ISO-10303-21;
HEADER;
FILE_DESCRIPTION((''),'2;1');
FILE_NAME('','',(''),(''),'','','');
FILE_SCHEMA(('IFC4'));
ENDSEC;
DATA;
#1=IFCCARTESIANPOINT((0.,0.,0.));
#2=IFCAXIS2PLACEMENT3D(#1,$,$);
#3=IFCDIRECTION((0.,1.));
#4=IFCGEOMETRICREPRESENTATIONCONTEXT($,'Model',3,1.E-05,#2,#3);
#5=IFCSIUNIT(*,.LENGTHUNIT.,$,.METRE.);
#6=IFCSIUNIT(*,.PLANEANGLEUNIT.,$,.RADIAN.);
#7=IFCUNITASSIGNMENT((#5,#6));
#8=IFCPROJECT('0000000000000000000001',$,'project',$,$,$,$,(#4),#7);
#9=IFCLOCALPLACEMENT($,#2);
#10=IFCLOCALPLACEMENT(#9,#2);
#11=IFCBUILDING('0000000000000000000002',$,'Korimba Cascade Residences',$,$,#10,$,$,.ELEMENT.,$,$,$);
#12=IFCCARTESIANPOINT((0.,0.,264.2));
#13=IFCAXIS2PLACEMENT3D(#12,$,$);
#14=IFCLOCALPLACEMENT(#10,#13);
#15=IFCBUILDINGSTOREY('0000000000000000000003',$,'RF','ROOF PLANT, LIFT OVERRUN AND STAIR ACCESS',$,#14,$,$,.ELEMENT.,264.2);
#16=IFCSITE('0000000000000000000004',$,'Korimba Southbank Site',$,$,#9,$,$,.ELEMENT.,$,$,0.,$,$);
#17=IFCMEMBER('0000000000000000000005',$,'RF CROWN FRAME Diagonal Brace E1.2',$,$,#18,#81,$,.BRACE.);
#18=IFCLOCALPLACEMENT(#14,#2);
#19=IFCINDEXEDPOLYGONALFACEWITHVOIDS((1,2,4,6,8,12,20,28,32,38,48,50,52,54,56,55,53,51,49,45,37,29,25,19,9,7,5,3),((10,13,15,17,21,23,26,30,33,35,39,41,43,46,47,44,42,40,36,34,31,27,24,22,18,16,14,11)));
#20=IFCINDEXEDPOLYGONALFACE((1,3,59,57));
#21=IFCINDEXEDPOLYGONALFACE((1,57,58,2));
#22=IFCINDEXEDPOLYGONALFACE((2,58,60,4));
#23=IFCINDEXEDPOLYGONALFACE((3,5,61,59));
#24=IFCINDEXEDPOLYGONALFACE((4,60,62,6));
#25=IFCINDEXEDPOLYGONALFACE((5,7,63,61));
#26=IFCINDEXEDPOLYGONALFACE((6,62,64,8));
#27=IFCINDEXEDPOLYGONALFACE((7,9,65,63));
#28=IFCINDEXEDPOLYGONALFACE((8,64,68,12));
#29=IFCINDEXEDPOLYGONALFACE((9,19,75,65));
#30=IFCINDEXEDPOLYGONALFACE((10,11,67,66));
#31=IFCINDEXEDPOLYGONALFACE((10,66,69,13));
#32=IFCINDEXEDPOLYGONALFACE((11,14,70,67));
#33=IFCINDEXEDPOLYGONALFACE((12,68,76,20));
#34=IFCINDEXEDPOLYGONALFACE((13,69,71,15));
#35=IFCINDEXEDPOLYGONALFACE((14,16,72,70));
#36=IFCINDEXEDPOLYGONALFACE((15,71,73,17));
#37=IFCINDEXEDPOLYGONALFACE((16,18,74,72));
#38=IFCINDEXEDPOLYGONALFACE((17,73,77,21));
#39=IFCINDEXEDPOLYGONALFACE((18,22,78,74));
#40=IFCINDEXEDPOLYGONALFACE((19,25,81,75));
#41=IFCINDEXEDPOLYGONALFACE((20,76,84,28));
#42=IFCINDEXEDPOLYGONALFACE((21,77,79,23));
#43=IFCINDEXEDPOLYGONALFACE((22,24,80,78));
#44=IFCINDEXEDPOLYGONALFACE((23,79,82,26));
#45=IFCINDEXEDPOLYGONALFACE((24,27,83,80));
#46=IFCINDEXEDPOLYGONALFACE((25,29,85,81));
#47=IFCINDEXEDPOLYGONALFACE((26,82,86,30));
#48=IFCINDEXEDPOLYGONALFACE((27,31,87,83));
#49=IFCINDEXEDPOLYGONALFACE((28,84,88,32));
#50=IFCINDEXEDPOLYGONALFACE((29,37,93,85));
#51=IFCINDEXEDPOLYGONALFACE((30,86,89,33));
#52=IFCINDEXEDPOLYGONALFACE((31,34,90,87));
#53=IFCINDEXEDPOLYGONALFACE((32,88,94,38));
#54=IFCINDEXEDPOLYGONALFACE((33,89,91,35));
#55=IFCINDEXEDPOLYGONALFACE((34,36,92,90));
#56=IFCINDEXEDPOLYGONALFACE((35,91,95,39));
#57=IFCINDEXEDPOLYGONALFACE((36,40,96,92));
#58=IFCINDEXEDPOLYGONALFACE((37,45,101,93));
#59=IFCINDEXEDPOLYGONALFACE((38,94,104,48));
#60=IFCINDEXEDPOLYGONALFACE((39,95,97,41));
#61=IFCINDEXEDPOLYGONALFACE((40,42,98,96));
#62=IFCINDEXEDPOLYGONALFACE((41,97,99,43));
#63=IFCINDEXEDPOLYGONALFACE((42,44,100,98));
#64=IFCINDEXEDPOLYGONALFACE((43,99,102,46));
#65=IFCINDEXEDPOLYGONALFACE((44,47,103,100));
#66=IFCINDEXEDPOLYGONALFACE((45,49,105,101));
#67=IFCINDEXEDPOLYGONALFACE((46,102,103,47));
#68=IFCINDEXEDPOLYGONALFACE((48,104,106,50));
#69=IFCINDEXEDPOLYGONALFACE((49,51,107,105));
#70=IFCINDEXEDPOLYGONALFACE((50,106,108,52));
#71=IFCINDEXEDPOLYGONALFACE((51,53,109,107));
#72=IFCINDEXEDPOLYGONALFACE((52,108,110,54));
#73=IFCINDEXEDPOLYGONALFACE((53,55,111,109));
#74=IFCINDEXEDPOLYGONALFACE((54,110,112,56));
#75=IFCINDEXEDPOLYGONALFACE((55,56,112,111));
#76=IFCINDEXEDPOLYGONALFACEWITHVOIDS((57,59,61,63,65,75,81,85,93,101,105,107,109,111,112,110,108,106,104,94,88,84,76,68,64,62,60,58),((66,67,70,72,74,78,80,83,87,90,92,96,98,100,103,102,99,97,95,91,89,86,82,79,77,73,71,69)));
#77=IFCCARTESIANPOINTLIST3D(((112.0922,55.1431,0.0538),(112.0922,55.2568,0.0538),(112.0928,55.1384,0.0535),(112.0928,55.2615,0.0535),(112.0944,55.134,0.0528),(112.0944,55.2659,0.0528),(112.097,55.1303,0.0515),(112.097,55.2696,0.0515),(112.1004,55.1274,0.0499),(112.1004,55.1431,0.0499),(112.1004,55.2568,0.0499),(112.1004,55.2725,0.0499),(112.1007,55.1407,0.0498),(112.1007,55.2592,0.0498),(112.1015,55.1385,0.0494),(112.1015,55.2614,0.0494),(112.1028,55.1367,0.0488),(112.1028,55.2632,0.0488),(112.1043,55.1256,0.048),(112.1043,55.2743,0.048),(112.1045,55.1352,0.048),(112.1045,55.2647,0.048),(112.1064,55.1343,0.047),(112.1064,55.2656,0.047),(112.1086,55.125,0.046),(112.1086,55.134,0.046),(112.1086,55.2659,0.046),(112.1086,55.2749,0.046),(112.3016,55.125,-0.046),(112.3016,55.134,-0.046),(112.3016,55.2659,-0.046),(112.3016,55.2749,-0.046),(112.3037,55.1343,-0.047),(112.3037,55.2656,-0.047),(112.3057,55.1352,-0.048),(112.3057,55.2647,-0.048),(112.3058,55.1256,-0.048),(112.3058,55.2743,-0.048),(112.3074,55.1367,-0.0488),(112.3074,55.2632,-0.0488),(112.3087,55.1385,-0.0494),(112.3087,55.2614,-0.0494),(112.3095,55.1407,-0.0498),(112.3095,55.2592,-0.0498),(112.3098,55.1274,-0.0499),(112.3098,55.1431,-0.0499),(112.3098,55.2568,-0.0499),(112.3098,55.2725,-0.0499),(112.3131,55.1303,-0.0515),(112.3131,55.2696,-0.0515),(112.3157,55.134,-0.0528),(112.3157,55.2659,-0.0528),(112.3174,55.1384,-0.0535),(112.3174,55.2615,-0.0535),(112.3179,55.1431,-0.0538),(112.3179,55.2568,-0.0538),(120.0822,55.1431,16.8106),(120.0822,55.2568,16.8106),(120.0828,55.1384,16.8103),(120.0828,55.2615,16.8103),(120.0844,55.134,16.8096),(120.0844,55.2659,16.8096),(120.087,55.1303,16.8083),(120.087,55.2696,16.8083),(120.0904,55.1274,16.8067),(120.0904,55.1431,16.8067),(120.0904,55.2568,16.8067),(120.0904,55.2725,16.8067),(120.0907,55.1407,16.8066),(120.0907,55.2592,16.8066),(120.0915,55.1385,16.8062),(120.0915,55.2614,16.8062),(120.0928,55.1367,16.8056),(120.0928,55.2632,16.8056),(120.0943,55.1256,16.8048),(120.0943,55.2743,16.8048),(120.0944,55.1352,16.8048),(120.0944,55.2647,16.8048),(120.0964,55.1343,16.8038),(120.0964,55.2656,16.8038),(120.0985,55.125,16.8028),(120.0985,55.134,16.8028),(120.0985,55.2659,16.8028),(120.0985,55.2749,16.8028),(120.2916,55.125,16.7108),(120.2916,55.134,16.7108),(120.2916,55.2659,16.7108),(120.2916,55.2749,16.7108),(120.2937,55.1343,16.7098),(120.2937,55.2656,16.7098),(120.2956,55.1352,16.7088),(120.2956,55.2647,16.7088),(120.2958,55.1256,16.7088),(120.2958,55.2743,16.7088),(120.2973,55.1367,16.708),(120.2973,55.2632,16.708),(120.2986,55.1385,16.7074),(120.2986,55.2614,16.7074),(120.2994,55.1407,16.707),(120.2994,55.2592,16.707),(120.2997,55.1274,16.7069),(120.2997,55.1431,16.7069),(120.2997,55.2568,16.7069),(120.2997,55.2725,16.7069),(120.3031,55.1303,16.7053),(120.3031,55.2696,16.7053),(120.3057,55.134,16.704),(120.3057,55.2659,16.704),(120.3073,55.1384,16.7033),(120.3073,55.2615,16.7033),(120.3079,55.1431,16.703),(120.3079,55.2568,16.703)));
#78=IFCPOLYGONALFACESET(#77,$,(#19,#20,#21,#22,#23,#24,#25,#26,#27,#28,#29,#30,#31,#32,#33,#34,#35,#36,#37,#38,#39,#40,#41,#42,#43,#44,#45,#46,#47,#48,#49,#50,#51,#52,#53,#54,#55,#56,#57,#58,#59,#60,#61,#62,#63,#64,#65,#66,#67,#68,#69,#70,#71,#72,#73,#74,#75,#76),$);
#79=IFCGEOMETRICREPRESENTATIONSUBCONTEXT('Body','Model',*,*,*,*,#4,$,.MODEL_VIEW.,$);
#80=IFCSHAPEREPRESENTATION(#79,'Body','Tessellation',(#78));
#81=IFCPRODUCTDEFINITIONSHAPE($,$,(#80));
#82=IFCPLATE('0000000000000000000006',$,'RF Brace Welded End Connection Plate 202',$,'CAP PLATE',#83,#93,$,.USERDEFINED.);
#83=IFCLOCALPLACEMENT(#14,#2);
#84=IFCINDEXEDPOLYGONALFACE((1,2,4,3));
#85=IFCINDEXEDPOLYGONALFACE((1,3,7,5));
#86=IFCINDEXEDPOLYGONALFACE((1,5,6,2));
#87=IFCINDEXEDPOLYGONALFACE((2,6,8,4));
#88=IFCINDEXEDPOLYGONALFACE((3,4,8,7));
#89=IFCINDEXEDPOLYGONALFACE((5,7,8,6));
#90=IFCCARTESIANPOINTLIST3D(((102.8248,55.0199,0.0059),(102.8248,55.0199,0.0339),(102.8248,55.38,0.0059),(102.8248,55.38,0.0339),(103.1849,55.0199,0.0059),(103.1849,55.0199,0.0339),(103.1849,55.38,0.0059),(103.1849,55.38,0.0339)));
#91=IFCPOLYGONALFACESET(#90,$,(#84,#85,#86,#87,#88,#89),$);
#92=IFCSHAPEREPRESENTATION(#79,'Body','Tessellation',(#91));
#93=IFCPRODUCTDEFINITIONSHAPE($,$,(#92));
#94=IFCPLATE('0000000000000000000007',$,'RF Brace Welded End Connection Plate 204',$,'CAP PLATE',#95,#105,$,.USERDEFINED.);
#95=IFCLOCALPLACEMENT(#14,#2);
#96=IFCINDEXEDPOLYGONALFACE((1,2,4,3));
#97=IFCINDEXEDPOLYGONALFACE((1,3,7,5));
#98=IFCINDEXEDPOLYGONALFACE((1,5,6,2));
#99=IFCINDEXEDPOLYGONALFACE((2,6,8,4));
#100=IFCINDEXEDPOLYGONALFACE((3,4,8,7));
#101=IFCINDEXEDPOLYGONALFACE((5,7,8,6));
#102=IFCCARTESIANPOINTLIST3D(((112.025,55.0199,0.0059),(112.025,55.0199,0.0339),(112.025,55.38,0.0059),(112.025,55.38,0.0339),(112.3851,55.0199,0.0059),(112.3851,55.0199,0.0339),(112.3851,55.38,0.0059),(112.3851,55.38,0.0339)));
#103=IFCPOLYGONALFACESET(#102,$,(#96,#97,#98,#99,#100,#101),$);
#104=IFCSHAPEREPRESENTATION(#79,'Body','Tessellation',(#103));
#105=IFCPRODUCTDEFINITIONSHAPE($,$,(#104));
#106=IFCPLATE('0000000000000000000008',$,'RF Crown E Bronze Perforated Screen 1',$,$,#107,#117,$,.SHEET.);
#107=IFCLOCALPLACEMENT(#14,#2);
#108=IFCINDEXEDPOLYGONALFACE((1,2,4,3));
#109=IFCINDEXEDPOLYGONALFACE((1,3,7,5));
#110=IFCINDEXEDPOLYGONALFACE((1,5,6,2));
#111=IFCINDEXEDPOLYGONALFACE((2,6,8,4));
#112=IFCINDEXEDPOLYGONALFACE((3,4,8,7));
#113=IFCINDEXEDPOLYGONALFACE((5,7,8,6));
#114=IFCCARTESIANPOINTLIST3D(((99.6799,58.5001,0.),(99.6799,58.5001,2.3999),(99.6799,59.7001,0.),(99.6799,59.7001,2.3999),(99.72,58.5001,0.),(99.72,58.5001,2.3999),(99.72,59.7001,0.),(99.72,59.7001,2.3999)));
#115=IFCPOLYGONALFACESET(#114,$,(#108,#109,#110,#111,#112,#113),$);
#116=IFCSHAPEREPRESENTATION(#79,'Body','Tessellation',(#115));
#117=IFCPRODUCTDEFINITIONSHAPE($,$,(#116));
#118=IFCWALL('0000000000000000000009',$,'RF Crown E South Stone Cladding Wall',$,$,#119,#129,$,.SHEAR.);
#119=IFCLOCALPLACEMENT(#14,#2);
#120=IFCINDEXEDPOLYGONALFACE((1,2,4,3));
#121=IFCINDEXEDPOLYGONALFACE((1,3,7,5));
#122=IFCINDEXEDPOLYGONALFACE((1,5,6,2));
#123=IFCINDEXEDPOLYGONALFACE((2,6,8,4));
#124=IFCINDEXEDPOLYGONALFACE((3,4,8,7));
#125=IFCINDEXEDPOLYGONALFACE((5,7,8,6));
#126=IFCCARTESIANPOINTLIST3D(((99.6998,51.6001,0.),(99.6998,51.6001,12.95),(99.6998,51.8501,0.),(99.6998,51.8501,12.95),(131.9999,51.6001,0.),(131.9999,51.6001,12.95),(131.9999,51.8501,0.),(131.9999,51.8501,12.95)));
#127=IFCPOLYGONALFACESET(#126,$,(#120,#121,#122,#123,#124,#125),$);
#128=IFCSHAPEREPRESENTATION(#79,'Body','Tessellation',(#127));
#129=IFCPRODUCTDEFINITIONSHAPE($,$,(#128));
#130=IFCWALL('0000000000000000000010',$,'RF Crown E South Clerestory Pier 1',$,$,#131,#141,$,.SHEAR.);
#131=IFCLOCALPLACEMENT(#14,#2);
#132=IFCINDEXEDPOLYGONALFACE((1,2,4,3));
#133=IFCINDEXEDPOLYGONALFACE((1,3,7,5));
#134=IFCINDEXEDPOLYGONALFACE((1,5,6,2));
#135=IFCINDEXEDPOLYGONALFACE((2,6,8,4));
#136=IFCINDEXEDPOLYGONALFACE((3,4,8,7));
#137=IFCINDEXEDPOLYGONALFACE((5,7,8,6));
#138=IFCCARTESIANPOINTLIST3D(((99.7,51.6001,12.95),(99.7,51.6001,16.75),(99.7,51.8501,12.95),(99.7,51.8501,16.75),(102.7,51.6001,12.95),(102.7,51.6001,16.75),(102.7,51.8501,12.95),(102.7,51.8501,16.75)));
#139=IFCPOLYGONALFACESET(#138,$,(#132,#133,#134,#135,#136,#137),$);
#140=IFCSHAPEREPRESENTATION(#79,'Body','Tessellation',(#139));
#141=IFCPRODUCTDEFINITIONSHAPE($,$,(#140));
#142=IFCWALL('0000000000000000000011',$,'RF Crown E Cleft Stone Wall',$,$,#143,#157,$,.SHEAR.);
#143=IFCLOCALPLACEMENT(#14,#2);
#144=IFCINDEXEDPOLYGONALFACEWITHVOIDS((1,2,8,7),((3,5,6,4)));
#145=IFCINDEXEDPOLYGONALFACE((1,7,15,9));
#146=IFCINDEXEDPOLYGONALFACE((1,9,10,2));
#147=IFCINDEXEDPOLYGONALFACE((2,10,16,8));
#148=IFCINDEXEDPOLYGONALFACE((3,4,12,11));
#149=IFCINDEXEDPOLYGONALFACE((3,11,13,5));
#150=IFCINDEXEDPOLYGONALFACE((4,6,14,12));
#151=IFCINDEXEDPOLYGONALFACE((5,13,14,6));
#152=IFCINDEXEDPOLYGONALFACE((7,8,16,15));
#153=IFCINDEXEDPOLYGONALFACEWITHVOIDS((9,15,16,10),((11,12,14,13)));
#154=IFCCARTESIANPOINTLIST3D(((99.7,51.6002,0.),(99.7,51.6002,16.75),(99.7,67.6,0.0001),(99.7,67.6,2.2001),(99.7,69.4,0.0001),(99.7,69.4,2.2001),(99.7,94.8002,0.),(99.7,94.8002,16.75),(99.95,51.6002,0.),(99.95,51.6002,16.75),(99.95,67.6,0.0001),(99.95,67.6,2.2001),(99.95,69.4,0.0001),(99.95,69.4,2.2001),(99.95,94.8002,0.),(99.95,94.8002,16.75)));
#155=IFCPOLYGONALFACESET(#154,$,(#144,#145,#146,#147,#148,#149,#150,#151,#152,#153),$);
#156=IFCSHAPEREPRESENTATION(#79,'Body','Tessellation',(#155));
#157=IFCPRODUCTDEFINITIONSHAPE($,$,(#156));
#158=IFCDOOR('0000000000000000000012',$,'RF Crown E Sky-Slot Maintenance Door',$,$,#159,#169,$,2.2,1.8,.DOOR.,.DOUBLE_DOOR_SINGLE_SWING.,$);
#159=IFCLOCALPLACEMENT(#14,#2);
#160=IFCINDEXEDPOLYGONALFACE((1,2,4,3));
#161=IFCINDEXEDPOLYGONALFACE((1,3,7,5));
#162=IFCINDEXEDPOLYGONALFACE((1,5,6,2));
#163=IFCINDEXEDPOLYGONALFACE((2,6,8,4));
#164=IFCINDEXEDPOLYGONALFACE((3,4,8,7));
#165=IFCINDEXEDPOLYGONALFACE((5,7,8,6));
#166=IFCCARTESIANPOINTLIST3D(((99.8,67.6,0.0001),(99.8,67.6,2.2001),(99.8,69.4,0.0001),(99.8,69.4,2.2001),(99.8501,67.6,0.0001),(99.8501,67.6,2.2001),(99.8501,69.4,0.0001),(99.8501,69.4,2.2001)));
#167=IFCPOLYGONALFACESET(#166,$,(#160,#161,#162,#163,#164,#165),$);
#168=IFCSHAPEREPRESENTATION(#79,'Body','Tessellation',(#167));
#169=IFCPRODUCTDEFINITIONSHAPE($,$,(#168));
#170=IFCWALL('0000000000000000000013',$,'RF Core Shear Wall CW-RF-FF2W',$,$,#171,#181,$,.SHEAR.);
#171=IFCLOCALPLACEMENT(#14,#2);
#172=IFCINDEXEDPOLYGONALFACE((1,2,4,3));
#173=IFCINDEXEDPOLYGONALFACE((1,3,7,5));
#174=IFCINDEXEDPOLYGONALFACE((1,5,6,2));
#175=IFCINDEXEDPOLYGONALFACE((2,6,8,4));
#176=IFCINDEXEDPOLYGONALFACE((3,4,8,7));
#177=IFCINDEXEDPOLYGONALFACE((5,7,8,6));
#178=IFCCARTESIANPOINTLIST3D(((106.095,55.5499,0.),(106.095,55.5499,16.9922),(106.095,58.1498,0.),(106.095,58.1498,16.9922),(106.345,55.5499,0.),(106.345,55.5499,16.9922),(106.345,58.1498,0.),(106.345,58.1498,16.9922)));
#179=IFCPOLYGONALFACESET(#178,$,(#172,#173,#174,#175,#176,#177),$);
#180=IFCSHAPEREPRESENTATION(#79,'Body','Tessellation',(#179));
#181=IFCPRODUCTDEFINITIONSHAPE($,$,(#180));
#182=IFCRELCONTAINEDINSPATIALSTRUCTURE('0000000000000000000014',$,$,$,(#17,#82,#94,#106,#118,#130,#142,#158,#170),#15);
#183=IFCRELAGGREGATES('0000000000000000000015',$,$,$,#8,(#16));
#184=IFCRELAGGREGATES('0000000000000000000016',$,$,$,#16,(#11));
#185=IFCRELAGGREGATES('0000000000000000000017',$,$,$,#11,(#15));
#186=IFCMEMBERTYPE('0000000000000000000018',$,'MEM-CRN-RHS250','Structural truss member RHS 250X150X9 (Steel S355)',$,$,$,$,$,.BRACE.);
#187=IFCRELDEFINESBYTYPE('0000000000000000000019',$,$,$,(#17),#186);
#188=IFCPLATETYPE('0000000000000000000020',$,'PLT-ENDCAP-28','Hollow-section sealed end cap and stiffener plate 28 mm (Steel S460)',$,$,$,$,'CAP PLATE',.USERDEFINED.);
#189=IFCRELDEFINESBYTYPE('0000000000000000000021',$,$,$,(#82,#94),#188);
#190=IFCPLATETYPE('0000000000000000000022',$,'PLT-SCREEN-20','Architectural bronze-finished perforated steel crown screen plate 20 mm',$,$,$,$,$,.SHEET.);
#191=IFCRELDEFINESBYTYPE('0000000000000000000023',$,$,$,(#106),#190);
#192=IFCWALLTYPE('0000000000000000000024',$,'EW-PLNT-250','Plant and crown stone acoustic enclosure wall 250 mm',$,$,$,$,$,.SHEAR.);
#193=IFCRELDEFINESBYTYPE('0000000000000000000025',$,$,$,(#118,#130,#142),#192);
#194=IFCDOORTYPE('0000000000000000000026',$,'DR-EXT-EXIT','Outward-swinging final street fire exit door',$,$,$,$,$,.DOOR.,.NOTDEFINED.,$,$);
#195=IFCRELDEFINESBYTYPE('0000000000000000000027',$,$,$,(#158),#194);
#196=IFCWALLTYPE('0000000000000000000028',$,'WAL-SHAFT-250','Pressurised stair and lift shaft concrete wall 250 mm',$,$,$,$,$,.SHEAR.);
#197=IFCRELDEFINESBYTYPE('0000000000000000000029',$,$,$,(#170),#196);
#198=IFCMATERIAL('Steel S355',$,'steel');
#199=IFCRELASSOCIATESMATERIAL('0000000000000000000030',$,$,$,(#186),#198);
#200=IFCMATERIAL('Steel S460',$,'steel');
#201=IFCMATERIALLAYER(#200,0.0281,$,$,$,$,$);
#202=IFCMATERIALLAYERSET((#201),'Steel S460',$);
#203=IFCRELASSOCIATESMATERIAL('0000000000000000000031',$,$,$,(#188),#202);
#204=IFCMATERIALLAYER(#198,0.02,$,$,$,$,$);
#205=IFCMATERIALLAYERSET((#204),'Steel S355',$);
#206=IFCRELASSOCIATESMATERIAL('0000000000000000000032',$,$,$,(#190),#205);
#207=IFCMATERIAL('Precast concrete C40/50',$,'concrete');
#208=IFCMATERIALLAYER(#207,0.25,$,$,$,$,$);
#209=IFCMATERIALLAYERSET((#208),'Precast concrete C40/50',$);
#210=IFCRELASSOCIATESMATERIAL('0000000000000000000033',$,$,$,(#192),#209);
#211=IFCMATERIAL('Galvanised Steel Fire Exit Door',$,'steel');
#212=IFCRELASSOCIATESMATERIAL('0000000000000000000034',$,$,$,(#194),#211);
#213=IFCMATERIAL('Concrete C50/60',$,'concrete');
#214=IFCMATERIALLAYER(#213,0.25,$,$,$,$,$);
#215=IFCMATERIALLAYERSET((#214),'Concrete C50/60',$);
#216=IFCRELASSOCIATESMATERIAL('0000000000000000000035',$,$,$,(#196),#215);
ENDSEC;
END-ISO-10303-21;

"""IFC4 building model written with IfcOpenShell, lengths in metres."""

from ifc_helpers import new_model, si_unit, direction, frame, frame_2d, origin, origin_2d, place, context, subcontext, project, spatial, rectangle, hollow_rectangle, extrude, material, layer, layer_set, material_profile, profile_set, type_object, element, fill, save


model = new_model("IFC4")

# Units and contexts
model_context = context("Model", 3, precision=1e-05, world=origin(), true_north=direction((0.0, 1.0)))
body_context = subcontext(model_context, "Body", "Model", "MODEL_VIEW")
ifc_project = project(units=[si_unit("LENGTHUNIT", "METRE"), si_unit("PLANEANGLEUNIT", "RADIAN")], contexts=[model_context])

# Site, building, storey
site_placement = place(None, origin())
site = spatial("IfcSite", under=ifc_project, at=site_placement, Name="Korimba Southbank Site", CompositionType="ELEMENT", RefElevation=0.0)
building_placement = place(site_placement, origin())
building = spatial("IfcBuilding", under=site, at=building_placement, Name="Korimba Cascade Residences", CompositionType="ELEMENT")
storey_placement = place(building_placement, frame((0.0, 0.0, 264.2)))
storey = spatial("IfcBuildingStorey", under=building, at=storey_placement, Name="RF", Description="ROOF PLANT, LIFT OVERRUN AND STAIR ACCESS", CompositionType="ELEMENT", Elevation=264.2)

# Shared definitions
ifc_material_1 = material(Name="Steel S355", Category="steel")

# Member
ifc_material_profile_1 = material_profile(ifc_material_1, hollow_rectangle(XDim=0.1499, YDim=0.25, WallThickness=0.009, InnerFilletRadius=0.009, OuterFilletRadius=0.0181, at=origin_2d()), Name="Steel S355")
ifc_profile_set_1 = profile_set([ifc_material_profile_1], Name="Steel S355")
member_type_1 = type_object("IfcMemberType", Name="MEM-CRN-RHS250", Description="Structural truss member RHS 250X150X9 (Steel S355)", PredefinedType="BRACE", material=ifc_profile_set_1)
member_1_placement = place(storey_placement, frame((112.2051, 55.2, 0.0), z_axis=(0.430397, 0.0, 0.90264), x_axis=(0.0, 1.0, 0.0)))
element("IfcMember", 1, at=member_1_placement, inside=storey, type_object=member_type_1, Name="RF CROWN FRAME Diagonal Brace E1.2", PredefinedType="BRACE", context=body_context, shape_type="SweptSolid", body=[
    extrude(hollow_rectangle(XDim=0.1499, YDim=0.25, WallThickness=0.009, InnerFilletRadius=0.009, OuterFilletRadius=0.0181, at=origin_2d()), origin(), (0.0, 0.0, 1.0), 18.5642),
])

# Plates
ifc_material_2 = material(Name="Steel S460", Category="steel")
ifc_layer_1 = layer(ifc_material_2, 0.0281)
ifc_layer_set_1 = layer_set([ifc_layer_1], Name="Steel S460")
plate_type_1 = type_object("IfcPlateType", Name="PLT-ENDCAP-28", Description="Hollow-section sealed end cap and stiffener plate 28 mm (Steel S460)", ElementType="CAP PLATE", PredefinedType="USERDEFINED", material=ifc_layer_set_1)
for number, where, z_axis, x_axis, name in (
    (2, (103.0049, 55.2, 0.0059), (0.0, 0.0, 1.0), (1.0, 0.0, 0.0), "RF Brace Welded End Connection Plate 202"),
    (3, (112.2051, 55.2, 0.0059), (0.0, 0.0, 1.0), (1.0, 0.0, 0.0), "RF Brace Welded End Connection Plate 204"),
):
    element("IfcPlate", number, at=place(storey_placement, frame(where, z_axis=z_axis, x_axis=x_axis)), inside=storey, type_object=plate_type_1, Name=name, ObjectType="CAP PLATE", PredefinedType="USERDEFINED", context=body_context, shape_type="SweptSolid", body=[
        extrude(rectangle(XDim=0.3601, YDim=0.3601, at=origin_2d()), origin(), (0.0, 0.0, 1.0), 0.0281),
    ])
ifc_layer_2 = layer(ifc_material_1, 0.02)
ifc_layer_set_2 = layer_set([ifc_layer_2], Name="Steel S355")
plate_type_2 = type_object("IfcPlateType", Name="PLT-SCREEN-20", Description="Architectural bronze-finished perforated steel crown screen plate 20 mm", PredefinedType="SHEET", material=ifc_layer_set_2)
plate_placement = place(storey_placement, frame((99.7, 59.1001, 0.0), z_axis=(0.0, 0.0, 1.0), x_axis=(1.0, 0.0, 0.0)))
element("IfcPlate", 4, at=plate_placement, inside=storey, type_object=plate_type_2, Name="RF Crown E Bronze Perforated Screen 1", PredefinedType="SHEET", context=body_context, shape_type="SweptSolid", body=[
    extrude(rectangle(XDim=0.04, YDim=1.2, at=origin_2d()), origin(), (0.0, 0.0, 1.0), 2.3999),
])

# Walls
ifc_material_3 = material(Name="Precast concrete C40/50", Category="concrete")
ifc_layer_3 = layer(ifc_material_3, 0.25)
ifc_layer_set_3 = layer_set([ifc_layer_3], Name="Precast concrete C40/50")
wall_type_1 = type_object("IfcWallType", Name="EW-PLNT-250", Description="Plant and crown stone acoustic enclosure wall 250 mm", PredefinedType="SHEAR", material=ifc_layer_set_3)
wall_1_placement = place(storey_placement, frame((99.7, 51.7251, 0.0), z_axis=(0.0, 0.0, 1.0), x_axis=(1.0, 0.0, 0.0)))
element("IfcWall", 5, at=wall_1_placement, inside=storey, type_object=wall_type_1, Name="RF Crown E South Stone Cladding Wall", PredefinedType="SHEAR", context=body_context, shape_type="SweptSolid", body=[
    extrude(rectangle(XDim=32.3, YDim=0.25, at=frame_2d((16.1499, 0.0))), origin(), (0.0, 0.0, 1.0), 12.95),
])
wall_2_placement = place(storey_placement, frame((99.7, 51.7251, 12.95), z_axis=(0.0, 0.0, 1.0), x_axis=(1.0, 0.0, 0.0)))
element("IfcWall", 6, at=wall_2_placement, inside=storey, type_object=wall_type_1, Name="RF Crown E South Clerestory Pier 1", PredefinedType="SHEAR", context=body_context, shape_type="SweptSolid", body=[
    extrude(rectangle(XDim=3.0, YDim=0.25, at=frame_2d((1.5, 0.0))), origin(), (0.0, 0.0, 1.0), 3.8),
])

# Wall, opening, door
wall_3_placement = place(storey_placement, frame((99.825, 51.6001, 0.0), z_axis=(0.0, 0.0, 1.0), x_axis=(0.0, 1.0, 0.0)))
wall_3 = element("IfcWall", 7, at=wall_3_placement, inside=storey, type_object=wall_type_1, Name="RF Crown E Cleft Stone Wall", PredefinedType="SHEAR", context=body_context, shape_type="SweptSolid", body=[
    extrude(rectangle(XDim=43.2, YDim=0.25, at=frame_2d((21.6001, 0.0))), origin(), (0.0, 0.0, 1.0), 16.75),
])
opening_1_placement = place(wall_3_placement, frame((16.0, 0.0, 0.0)))
opening_1 = element("IfcOpeningElement", 8, at=opening_1_placement, cuts=wall_3, PredefinedType="OPENING", context=body_context, shape_type="SweptSolid", body=[
    extrude(rectangle(XDim=1.8, YDim=2.2, at=frame_2d((0.8999, 1.1001))), frame((0.0, 0.135, 0.0), z_axis=(0.0, -1.0, 0.0), x_axis=(1.0, 0.0, 0.0)), (0.0, 0.0, 1.0), 0.27),
])
ifc_material_4 = material(Name="Galvanised Steel Fire Exit Door", Category="steel")
door_type_1 = type_object("IfcDoorType", Name="DR-EXT-EXIT", Description="Outward-swinging final street fire exit door", OperationType="NOTDEFINED", PredefinedType="DOOR", material=ifc_material_4)
door_1_placement = place(opening_1_placement, origin())
door_1 = element("IfcDoor", 9, at=door_1_placement, inside=storey, type_object=door_type_1, Name="RF Crown E Sky-Slot Maintenance Door", OperationType="DOUBLE_DOOR_SINGLE_SWING", OverallHeight=2.2, OverallWidth=1.8, PredefinedType="DOOR", context=body_context, shape_type="SweptSolid", body=[
    extrude(rectangle(XDim=1.8, YDim=2.2, at=frame_2d((0.8999, 1.1001))), frame((0.0, 0.0249, 0.0), z_axis=(0.0, -1.0, 0.0), x_axis=(1.0, 0.0, 0.0)), (0.0, 0.0, 1.0), 0.05),
])
fill(opening_1, door_1)

# Wall
ifc_material_5 = material(Name="Concrete C50/60", Category="concrete")
ifc_layer_4 = layer(ifc_material_5, 0.25)
ifc_layer_set_4 = layer_set([ifc_layer_4], Name="Concrete C50/60")
wall_type_2 = type_object("IfcWallType", Name="WAL-SHAFT-250", Description="Pressurised stair and lift shaft concrete wall 250 mm", PredefinedType="SHEAR", material=ifc_layer_set_4)
wall_4_placement = place(storey_placement, frame((106.22, 55.55, 0.0), z_axis=(0.0, 0.0, 1.0), x_axis=(0.0, 1.0, 0.0)))
element("IfcWall", 10, at=wall_4_placement, inside=storey, type_object=wall_type_2, Name="RF Core Shear Wall CW-RF-FF2W", PredefinedType="SHEAR", context=body_context, shape_type="SweptSolid", body=[
    extrude(rectangle(XDim=2.5999, YDim=0.25, at=frame_2d((1.2998, 0.0))), origin(), (0.0, 0.0, 1.0), 16.9922),
])

save(model, "model.ifc")
